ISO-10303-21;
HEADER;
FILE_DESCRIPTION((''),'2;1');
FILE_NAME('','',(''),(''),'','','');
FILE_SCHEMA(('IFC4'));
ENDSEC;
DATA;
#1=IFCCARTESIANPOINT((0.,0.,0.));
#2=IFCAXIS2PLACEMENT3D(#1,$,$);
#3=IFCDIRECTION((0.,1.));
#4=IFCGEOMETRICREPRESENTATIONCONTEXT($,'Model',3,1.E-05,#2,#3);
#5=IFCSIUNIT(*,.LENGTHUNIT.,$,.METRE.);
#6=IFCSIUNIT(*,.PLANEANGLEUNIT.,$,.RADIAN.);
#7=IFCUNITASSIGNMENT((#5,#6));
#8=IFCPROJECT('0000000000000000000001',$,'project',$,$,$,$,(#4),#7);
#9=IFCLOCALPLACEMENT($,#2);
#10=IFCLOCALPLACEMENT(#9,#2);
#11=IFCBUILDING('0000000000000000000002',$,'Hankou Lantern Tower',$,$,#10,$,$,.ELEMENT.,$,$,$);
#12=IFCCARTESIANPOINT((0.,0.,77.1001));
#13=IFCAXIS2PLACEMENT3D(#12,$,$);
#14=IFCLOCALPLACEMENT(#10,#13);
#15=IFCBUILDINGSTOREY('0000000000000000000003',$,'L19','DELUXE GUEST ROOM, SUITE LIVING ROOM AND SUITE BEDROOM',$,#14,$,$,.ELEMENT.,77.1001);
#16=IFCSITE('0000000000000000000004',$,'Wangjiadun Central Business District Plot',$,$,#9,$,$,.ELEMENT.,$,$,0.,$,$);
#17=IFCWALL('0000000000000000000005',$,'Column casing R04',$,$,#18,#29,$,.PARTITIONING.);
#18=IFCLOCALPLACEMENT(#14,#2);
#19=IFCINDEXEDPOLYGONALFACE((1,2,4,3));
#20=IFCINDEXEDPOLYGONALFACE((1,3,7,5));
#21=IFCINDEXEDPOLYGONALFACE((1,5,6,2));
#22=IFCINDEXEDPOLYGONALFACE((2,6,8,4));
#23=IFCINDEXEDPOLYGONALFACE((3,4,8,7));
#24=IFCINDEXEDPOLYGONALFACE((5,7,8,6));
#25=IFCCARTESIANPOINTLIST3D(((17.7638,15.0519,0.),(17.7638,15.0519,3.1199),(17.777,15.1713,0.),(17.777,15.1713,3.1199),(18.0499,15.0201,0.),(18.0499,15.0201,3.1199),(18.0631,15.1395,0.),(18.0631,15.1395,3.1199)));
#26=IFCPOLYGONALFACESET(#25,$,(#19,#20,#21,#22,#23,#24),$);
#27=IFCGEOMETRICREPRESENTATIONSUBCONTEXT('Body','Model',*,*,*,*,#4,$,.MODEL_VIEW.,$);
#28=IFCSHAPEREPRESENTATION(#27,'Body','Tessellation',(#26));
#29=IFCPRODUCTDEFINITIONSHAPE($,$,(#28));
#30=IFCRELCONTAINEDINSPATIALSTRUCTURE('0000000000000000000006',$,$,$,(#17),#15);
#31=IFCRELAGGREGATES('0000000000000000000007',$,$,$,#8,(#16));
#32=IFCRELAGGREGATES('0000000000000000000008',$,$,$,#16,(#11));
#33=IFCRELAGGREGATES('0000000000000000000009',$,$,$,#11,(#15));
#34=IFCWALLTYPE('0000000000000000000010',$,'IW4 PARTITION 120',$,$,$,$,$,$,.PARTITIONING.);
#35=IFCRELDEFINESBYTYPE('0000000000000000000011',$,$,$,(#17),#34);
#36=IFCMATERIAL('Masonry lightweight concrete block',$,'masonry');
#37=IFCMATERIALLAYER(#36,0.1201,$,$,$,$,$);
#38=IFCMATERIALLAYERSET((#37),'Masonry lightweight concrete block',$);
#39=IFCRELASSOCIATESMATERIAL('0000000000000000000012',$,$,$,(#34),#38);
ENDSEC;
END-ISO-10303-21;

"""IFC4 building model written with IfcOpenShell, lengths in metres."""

from ifc_helpers import new_model, si_unit, direction, frame, frame_2d, origin, place, context, subcontext, project, spatial, rectangle, extrude, material, layer, layer_set, type_object, element, save


model = new_model("IFC4")

# Units and contexts
model_context = context("Model", 3, precision=1e-05, world=origin(), true_north=direction((0.0, 1.0)))
body_context = subcontext(model_context, "Body", "Model", "MODEL_VIEW")
ifc_project = project(units=[si_unit("LENGTHUNIT", "METRE"), si_unit("PLANEANGLEUNIT", "RADIAN")], contexts=[model_context])

# Site, building, storey
site_placement = place(None, origin())
site = spatial("IfcSite", under=ifc_project, at=site_placement, Name="Wangjiadun Central Business District Plot", CompositionType="ELEMENT", RefElevation=0.0)
building_placement = place(site_placement, origin())
building = spatial("IfcBuilding", under=site, at=building_placement, Name="Hankou Lantern Tower", CompositionType="ELEMENT")
storey_placement = place(building_placement, frame((0.0, 0.0, 77.1001)))
storey = spatial("IfcBuildingStorey", under=building, at=storey_placement, Name="L19", Description="DELUXE GUEST ROOM, SUITE LIVING ROOM AND SUITE BEDROOM", CompositionType="ELEMENT", Elevation=77.1001)

# Wall
ifc_material_1 = material(Name="Masonry lightweight concrete block", Category="masonry")
ifc_layer_1 = layer(ifc_material_1, 0.1201)
ifc_layer_set_1 = layer_set([ifc_layer_1], Name="Masonry lightweight concrete block")
wall_type_1 = type_object("IfcWallType", Name="IW4 PARTITION 120", PredefinedType="PARTITIONING", material=ifc_layer_set_1)
wall_1_placement = place(storey_placement, frame((17.7703, 15.1116, 0.0), z_axis=(0.0, 0.0, 1.0), x_axis=(0.993904, -0.110245, 0.0)))
element("IfcWall", 1, at=wall_1_placement, inside=storey, type_object=wall_type_1, Name="Column casing R04", PredefinedType="PARTITIONING", context=body_context, shape_type="SweptSolid", body=[
    extrude(rectangle(XDim=0.2878, YDim=0.1201, at=frame_2d((0.144, 0.0))), origin(), (0.0, 0.0, 1.0), 3.1199),
])

save(model, "model.ifc")
